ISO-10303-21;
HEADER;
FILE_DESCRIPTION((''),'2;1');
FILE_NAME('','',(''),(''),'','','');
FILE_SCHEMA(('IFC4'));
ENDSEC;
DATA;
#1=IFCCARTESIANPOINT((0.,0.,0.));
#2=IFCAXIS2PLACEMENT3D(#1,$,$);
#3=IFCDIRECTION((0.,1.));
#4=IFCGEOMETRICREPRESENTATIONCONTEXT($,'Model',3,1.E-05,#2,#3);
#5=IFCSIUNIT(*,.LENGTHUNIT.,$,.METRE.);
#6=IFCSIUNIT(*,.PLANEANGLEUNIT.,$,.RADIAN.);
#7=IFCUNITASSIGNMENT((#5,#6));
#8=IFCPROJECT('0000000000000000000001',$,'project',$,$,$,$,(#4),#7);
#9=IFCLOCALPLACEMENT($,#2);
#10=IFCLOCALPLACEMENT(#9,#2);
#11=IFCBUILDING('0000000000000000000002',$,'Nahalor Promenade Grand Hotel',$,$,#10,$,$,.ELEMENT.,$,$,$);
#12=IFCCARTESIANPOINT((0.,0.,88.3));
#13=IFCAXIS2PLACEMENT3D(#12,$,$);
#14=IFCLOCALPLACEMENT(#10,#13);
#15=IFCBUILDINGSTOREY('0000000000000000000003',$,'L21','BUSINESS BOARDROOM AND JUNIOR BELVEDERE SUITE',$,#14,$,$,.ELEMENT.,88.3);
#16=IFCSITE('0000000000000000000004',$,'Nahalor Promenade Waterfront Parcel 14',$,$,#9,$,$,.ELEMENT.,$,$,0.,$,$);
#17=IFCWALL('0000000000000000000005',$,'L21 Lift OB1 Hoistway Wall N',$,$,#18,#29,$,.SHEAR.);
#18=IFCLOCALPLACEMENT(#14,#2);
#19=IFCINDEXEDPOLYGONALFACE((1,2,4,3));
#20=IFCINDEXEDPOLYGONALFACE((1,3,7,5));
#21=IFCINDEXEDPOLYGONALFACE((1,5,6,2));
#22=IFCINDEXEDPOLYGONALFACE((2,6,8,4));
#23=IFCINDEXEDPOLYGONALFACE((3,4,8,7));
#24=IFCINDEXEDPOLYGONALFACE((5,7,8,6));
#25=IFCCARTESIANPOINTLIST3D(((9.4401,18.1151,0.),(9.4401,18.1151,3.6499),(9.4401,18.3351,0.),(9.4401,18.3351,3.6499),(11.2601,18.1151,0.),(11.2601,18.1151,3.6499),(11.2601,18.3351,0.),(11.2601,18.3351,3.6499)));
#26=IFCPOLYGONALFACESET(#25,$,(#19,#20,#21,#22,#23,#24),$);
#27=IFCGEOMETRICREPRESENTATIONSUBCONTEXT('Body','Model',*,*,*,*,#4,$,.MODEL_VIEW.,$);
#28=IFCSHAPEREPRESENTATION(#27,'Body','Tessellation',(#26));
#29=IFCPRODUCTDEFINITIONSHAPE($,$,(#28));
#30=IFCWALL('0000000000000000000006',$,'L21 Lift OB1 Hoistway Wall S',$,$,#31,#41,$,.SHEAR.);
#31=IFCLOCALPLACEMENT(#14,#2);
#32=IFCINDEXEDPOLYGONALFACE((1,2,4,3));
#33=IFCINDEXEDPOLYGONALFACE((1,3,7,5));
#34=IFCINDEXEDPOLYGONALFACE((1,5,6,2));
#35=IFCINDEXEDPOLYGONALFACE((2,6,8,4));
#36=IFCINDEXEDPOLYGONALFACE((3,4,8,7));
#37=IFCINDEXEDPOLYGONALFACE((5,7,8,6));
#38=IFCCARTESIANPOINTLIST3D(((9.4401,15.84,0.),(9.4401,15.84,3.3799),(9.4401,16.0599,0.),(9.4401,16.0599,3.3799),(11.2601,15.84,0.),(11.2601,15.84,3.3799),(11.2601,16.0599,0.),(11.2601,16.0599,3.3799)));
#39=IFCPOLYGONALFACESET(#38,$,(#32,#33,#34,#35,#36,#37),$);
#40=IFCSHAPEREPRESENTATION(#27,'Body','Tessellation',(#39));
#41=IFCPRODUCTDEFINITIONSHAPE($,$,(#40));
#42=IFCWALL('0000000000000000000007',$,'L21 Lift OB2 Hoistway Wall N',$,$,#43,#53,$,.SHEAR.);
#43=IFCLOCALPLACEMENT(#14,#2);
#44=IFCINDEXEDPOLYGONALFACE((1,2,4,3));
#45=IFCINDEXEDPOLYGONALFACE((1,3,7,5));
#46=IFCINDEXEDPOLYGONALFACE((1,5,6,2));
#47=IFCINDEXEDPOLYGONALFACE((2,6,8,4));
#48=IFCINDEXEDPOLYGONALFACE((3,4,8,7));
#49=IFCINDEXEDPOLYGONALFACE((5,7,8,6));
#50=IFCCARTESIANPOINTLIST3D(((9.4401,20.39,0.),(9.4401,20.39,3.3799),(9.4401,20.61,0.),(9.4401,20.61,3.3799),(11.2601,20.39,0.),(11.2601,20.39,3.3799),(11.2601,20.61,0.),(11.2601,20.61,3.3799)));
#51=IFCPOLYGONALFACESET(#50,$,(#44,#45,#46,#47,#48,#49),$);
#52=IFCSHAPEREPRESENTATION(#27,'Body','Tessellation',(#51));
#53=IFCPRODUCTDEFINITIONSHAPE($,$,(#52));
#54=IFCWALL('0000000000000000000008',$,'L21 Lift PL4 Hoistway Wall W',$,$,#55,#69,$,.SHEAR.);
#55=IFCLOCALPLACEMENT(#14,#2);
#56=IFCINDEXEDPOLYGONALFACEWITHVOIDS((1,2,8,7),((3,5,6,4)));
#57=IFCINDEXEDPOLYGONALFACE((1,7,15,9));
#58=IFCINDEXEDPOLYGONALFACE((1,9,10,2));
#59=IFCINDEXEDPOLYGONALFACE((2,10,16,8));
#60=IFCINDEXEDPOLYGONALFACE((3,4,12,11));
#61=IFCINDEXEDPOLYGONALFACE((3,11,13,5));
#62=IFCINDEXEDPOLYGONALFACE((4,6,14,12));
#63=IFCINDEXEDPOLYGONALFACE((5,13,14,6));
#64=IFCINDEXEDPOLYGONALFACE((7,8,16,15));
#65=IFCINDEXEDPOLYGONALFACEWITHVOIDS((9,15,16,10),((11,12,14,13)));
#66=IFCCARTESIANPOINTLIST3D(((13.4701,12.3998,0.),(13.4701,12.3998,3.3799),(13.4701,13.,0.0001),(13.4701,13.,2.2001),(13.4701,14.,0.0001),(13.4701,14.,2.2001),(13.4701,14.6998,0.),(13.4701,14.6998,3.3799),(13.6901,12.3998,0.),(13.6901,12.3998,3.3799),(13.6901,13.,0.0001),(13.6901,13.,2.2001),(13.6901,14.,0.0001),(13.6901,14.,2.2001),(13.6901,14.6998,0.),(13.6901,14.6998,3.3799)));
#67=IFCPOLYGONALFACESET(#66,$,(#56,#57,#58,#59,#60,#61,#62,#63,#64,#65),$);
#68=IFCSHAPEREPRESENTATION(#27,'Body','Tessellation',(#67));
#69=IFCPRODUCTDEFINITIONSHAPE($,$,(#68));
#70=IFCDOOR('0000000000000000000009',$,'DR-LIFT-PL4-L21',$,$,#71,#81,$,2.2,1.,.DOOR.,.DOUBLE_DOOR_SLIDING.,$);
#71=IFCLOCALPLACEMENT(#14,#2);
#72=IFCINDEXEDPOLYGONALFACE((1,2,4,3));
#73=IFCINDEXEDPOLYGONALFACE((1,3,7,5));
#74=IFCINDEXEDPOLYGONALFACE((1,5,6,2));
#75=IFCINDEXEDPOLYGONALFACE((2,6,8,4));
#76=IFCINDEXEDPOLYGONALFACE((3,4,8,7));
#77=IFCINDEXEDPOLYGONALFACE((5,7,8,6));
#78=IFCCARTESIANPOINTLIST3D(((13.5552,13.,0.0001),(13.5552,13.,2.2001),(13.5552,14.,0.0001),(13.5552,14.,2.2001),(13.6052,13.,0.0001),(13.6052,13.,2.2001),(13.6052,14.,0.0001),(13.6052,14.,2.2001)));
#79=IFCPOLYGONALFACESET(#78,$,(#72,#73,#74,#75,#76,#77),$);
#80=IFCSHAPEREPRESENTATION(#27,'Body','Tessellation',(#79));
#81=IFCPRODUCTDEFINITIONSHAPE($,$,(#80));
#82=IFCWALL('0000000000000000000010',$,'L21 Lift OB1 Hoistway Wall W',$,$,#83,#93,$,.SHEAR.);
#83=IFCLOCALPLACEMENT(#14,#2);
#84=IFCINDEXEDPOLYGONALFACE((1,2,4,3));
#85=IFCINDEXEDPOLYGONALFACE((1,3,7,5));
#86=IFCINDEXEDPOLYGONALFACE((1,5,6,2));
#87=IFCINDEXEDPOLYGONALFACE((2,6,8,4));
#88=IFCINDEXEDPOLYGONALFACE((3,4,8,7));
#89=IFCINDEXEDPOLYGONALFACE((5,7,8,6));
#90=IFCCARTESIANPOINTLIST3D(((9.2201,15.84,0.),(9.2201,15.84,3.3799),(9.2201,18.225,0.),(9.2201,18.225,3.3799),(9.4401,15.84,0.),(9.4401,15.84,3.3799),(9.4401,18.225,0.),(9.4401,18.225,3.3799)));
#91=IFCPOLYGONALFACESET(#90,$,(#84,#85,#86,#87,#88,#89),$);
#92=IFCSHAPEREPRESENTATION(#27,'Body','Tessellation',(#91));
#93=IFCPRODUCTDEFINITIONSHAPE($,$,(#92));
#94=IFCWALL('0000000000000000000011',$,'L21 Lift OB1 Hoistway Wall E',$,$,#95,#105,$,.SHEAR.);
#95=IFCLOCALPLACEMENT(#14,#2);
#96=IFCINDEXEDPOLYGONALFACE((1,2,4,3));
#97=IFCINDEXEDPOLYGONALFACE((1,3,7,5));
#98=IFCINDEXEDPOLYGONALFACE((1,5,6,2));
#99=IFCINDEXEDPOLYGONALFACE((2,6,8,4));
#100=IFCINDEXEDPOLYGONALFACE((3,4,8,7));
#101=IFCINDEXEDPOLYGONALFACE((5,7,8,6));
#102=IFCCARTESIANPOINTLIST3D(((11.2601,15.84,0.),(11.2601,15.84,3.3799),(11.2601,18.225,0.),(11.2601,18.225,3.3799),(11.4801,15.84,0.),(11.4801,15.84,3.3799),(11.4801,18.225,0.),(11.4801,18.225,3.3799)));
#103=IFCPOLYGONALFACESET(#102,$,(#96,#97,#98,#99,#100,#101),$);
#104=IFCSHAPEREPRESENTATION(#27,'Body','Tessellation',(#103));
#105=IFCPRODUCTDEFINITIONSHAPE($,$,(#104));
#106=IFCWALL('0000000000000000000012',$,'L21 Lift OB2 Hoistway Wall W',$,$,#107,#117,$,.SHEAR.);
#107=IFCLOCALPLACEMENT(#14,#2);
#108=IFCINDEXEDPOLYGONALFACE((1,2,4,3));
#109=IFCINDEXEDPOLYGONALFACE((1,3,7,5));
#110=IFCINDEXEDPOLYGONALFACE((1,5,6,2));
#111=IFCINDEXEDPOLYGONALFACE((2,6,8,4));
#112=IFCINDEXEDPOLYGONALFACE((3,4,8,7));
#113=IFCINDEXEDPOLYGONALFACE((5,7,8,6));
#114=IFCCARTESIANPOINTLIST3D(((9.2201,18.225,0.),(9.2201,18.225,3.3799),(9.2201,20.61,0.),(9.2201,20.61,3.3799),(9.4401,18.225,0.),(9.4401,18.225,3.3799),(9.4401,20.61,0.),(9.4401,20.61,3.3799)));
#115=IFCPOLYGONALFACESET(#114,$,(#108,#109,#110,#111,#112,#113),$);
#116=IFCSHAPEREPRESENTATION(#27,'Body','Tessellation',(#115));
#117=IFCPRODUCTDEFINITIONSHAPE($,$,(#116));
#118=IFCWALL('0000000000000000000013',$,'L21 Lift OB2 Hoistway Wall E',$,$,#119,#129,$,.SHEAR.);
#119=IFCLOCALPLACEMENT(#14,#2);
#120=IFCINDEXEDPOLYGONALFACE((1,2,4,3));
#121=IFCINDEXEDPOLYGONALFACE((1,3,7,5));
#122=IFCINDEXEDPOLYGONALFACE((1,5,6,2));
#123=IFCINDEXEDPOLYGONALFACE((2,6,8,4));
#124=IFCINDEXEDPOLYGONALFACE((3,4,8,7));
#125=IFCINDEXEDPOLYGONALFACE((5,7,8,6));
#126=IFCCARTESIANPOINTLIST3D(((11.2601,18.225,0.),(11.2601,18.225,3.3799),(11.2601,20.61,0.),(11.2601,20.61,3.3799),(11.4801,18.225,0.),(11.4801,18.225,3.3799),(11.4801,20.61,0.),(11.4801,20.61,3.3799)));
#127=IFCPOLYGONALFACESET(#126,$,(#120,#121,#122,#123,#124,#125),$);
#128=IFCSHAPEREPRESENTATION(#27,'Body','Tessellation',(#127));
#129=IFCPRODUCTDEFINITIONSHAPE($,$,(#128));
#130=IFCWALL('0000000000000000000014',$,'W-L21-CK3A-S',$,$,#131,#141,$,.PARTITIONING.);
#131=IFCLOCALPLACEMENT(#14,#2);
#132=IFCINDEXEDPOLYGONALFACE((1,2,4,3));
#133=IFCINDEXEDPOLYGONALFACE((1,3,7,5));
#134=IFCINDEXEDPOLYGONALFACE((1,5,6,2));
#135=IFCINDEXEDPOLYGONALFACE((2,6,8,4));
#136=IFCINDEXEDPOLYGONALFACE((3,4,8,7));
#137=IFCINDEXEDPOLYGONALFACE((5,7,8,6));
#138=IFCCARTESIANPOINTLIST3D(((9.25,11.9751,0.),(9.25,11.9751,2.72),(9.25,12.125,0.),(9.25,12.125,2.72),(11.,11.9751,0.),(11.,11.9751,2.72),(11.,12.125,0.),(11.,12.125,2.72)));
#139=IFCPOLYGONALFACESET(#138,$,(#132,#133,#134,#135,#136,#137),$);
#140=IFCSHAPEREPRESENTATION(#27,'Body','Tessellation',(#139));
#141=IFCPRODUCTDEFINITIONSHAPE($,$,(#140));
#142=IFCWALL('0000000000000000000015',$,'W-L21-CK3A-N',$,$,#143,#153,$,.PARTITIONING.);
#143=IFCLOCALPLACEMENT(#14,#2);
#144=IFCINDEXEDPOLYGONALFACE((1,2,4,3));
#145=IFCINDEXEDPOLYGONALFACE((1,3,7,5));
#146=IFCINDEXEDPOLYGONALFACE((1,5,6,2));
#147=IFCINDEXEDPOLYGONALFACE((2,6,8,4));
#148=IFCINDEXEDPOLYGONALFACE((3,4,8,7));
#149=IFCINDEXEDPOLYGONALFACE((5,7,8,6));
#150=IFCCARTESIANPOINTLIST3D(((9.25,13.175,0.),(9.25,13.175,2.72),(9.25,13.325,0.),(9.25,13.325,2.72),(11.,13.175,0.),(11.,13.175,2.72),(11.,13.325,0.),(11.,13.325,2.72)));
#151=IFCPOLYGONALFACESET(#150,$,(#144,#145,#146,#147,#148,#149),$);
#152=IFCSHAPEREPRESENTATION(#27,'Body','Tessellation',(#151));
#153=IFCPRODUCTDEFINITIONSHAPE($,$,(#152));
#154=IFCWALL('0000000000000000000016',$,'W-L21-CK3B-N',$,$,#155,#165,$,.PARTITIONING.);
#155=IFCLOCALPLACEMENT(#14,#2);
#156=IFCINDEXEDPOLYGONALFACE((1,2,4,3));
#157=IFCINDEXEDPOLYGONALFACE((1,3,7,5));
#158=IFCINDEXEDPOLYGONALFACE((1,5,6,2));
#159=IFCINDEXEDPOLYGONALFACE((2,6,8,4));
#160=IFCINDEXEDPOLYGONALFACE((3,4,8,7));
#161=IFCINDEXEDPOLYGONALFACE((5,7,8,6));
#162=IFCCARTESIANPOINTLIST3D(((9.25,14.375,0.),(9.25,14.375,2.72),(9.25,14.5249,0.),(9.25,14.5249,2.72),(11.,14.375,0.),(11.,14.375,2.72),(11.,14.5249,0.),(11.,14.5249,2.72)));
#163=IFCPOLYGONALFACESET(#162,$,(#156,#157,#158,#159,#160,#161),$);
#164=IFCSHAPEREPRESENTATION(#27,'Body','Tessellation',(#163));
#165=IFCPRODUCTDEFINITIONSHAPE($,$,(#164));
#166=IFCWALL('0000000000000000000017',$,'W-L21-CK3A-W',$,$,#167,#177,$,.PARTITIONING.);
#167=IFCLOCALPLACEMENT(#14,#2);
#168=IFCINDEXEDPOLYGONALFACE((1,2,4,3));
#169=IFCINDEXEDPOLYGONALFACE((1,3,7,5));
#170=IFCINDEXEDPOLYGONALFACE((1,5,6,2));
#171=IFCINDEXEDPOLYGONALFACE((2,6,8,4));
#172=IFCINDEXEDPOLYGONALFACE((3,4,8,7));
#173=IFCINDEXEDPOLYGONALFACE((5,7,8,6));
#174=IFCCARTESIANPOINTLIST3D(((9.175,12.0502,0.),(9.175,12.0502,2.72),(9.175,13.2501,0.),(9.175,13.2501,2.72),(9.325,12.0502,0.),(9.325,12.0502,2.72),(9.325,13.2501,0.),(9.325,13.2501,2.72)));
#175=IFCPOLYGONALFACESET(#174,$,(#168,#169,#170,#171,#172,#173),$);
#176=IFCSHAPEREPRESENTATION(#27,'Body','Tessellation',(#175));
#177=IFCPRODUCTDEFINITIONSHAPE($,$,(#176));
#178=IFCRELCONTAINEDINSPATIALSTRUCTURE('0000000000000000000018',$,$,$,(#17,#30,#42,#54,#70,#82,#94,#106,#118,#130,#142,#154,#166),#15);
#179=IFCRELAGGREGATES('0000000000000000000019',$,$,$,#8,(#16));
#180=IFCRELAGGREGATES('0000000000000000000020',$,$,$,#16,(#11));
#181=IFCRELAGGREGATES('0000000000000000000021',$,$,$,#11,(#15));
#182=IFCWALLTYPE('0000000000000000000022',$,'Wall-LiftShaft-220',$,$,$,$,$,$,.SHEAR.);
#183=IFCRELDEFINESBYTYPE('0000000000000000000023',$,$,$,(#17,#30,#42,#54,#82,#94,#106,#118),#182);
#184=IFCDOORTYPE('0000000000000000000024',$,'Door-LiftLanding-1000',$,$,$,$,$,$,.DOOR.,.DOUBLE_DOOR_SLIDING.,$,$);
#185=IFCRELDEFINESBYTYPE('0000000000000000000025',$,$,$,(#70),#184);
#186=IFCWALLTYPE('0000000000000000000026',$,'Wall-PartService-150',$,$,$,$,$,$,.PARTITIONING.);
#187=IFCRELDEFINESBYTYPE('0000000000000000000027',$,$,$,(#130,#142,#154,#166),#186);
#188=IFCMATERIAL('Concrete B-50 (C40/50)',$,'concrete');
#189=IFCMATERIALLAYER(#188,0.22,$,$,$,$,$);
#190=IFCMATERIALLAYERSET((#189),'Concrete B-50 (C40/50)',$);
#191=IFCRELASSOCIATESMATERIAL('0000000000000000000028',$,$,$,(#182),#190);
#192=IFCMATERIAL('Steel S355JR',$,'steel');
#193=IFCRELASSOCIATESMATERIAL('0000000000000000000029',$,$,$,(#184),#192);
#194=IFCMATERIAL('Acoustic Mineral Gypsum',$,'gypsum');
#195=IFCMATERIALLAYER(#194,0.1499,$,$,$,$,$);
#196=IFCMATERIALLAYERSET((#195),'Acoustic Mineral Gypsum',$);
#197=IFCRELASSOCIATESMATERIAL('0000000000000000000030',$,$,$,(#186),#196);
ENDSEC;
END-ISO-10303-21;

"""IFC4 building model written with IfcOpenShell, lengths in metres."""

from ifc_helpers import new_model, si_unit, direction, frame, frame_2d, origin, place, context, subcontext, project, spatial, rectangle, extrude, source, transform, mapped, material, layer, layer_set, type_object, element, fill, save


model = new_model("IFC4")

# Units and contexts
model_context = context("Model", 3, precision=1e-05, world=origin(), true_north=direction((0.0, 1.0)))
body_context = subcontext(model_context, "Body", "Model", "MODEL_VIEW")
ifc_project = project(units=[si_unit("LENGTHUNIT", "METRE"), si_unit("PLANEANGLEUNIT", "RADIAN")], contexts=[model_context])

# Site, building, storey
site_placement = place(None, origin())
site = spatial("IfcSite", under=ifc_project, at=site_placement, Name="Nahalor Promenade Waterfront Parcel 14", CompositionType="ELEMENT", RefElevation=0.0)
building_placement = place(site_placement, origin())
building = spatial("IfcBuilding", under=site, at=building_placement, Name="Nahalor Promenade Grand Hotel", CompositionType="ELEMENT")
storey_placement = place(building_placement, frame((0.0, 0.0, 88.3)))
storey = spatial("IfcBuildingStorey", under=building, at=storey_placement, Name="L21", Description="BUSINESS BOARDROOM AND JUNIOR BELVEDERE SUITE", CompositionType="ELEMENT", Elevation=88.3)

# Shared definitions
ifc_material_1 = material(Name="Steel S355JR", Category="steel")

# Walls
ifc_material_2 = material(Name="Concrete B-50 (C40/50)", Category="concrete")
ifc_layer_1 = layer(ifc_material_2, 0.22)
ifc_layer_set_1 = layer_set([ifc_layer_1], Name="Concrete B-50 (C40/50)")
wall_type_1 = type_object("IfcWallType", Name="Wall-LiftShaft-220", PredefinedType="SHEAR", material=ifc_layer_set_1)
shared_shape_1 = source(origin(), body_context, "Body", "SweptSolid", [
    extrude(rectangle(XDim=1.8201, YDim=0.22, at=frame_2d((0.9102, 0.0))), origin(), (0.0, 0.0, 1.0), 3.6499),
])
wall_1_placement = place(storey_placement, frame((9.4399, 18.2251, 0.0), z_axis=(0.0, 0.0, 1.0), x_axis=(1.0, 0.0, 0.0)))
element("IfcWall", 1, at=wall_1_placement, inside=storey, type_object=wall_type_1, Name="L21 Lift OB1 Hoistway Wall N", PredefinedType="SHEAR", context=body_context, shape_type="MappedRepresentation", body=[
    mapped(shared_shape_1, transform((0.0, 0.0, 0.0), scale=1.0)),
])
shared_shape_2 = source(origin(), body_context, "Body", "SweptSolid", [
    extrude(rectangle(XDim=1.8201, YDim=0.22, at=frame_2d((0.9102, 0.0))), origin(), (0.0, 0.0, 1.0), 3.3799),
])
for number, where, z_axis, x_axis, name in (
    (2, (9.4399, 15.95, 0.0), (0.0, 0.0, 1.0), (1.0, 0.0, 0.0), "L21 Lift OB1 Hoistway Wall S"),
    (3, (9.4399, 20.5, 0.0), (0.0, 0.0, 1.0), (1.0, 0.0, 0.0), "L21 Lift OB2 Hoistway Wall N"),
):
    element("IfcWall", number, at=place(storey_placement, frame(where, z_axis=z_axis, x_axis=x_axis)), inside=storey, type_object=wall_type_1, Name=name, PredefinedType="SHEAR", context=body_context, shape_type="MappedRepresentation", body=[
        mapped(shared_shape_2, transform((0.0, 0.0, 0.0), scale=1.0)),
    ])

# Wall, opening, door
shared_shape_3 = source(origin(), body_context, "Body", "SweptSolid", [
    extrude(rectangle(XDim=2.3, YDim=0.22, at=frame_2d((1.1499, 0.0))), origin(), (0.0, 0.0, 1.0), 3.3799),
])
wall_2_placement = place(storey_placement, frame((13.5801, 12.3999, 0.0), z_axis=(0.0, 0.0, 1.0), x_axis=(0.0, 1.0, 0.0)))
wall_2 = element("IfcWall", 4, at=wall_2_placement, inside=storey, type_object=wall_type_1, Name="L21 Lift PL4 Hoistway Wall W", PredefinedType="SHEAR", context=body_context, shape_type="MappedRepresentation", body=[
    mapped(shared_shape_3, transform((0.0, 0.0, 0.0), scale=1.0)),
])
opening_1_placement = place(wall_2_placement, frame((0.6001, 0.0, 0.0)))
opening_1 = element("IfcOpeningElement", 5, at=opening_1_placement, cuts=wall_2, PredefinedType="OPENING", context=body_context, shape_type="SweptSolid", body=[
    extrude(rectangle(XDim=1.0, YDim=2.2, at=frame_2d((0.5, 1.1001))), frame((0.0, 0.1199, 0.0), z_axis=(0.0, -1.0, 0.0), x_axis=(1.0, 0.0, 0.0)), (0.0, 0.0, 1.0), 0.24),
])
door_type_1 = type_object("IfcDoorType", Name="Door-LiftLanding-1000", OperationType="DOUBLE_DOOR_SLIDING", PredefinedType="DOOR", material=ifc_material_1)
shared_shape_4 = source(origin(), body_context, "Body", "SweptSolid", [
    extrude(rectangle(XDim=1.0, YDim=2.2, at=frame_2d((0.5, 1.1001))), frame((0.0, 0.0249, 0.0), z_axis=(0.0, -1.0, 0.0), x_axis=(1.0, 0.0, 0.0)), (0.0, 0.0, 1.0), 0.05),
])
door_1_placement = place(opening_1_placement, origin())
door_1 = element("IfcDoor", 6, at=door_1_placement, inside=storey, type_object=door_type_1, Name="DR-LIFT-PL4-L21", OperationType="DOUBLE_DOOR_SLIDING", OverallHeight=2.2, OverallWidth=1.0, PredefinedType="DOOR", context=body_context, shape_type="MappedRepresentation", body=[
    mapped(shared_shape_4, transform((0.0, 0.0, 0.0), scale=1.0)),
])
fill(opening_1, door_1)

# Walls
shared_shape_5 = source(origin(), body_context, "Body", "SweptSolid", [
    extrude(rectangle(XDim=2.385, YDim=0.22, at=frame_2d((1.1924, 0.0))), origin(), (0.0, 0.0, 1.0), 3.3799),
])
for number, where, z_axis, x_axis, name in (
    (7, (9.3301, 15.8401, 0.0), (0.0, 0.0, 1.0), (0.0, 1.0, 0.0), "L21 Lift OB1 Hoistway Wall W"),
    (8, (11.3701, 15.8401, 0.0), (0.0, 0.0, 1.0), (0.0, 1.0, 0.0), "L21 Lift OB1 Hoistway Wall E"),
    (9, (9.3301, 18.2251, 0.0), (0.0, 0.0, 1.0), (0.0, 1.0, 0.0), "L21 Lift OB2 Hoistway Wall W"),
    (10, (11.3701, 18.2251, 0.0), (0.0, 0.0, 1.0), (0.0, 1.0, 0.0), "L21 Lift OB2 Hoistway Wall E"),
):
    element("IfcWall", number, at=place(storey_placement, frame(where, z_axis=z_axis, x_axis=x_axis)), inside=storey, type_object=wall_type_1, Name=name, PredefinedType="SHEAR", context=body_context, shape_type="MappedRepresentation", body=[
        mapped(shared_shape_5, transform((0.0, 0.0, 0.0), scale=1.0)),
    ])
ifc_material_3 = material(Name="Acoustic Mineral Gypsum", Category="gypsum")
ifc_layer_2 = layer(ifc_material_3, 0.1499)
ifc_layer_set_2 = layer_set([ifc_layer_2], Name="Acoustic Mineral Gypsum")
wall_type_2 = type_object("IfcWallType", Name="Wall-PartService-150", PredefinedType="PARTITIONING", material=ifc_layer_set_2)
shared_shape_6 = source(origin(), body_context, "Body", "SweptSolid", [
    extrude(rectangle(XDim=1.75, YDim=0.1499, at=frame_2d((0.875, 0.0))), origin(), (0.0, 0.0, 1.0), 2.72),
])
for number, where, z_axis, x_axis, name in (
    (11, (9.25, 12.05, 0.0), (0.0, 0.0, 1.0), (1.0, 0.0, 0.0), "W-L21-CK3A-S"),
    (12, (9.25, 13.25, 0.0), (0.0, 0.0, 1.0), (1.0, 0.0, 0.0), "W-L21-CK3A-N"),
    (13, (9.25, 14.45, 0.0), (0.0, 0.0, 1.0), (1.0, 0.0, 0.0), "W-L21-CK3B-N"),
):
    element("IfcWall", number, at=place(storey_placement, frame(where, z_axis=z_axis, x_axis=x_axis)), inside=storey, type_object=wall_type_2, Name=name, PredefinedType="PARTITIONING", context=body_context, shape_type="MappedRepresentation", body=[
        mapped(shared_shape_6, transform((0.0, 0.0, 0.0), scale=1.0)),
    ])
shared_shape_7 = source(origin(), body_context, "Body", "SweptSolid", [
    extrude(rectangle(XDim=1.2, YDim=0.1499, at=frame_2d((0.6001, 0.0))), origin(), (0.0, 0.0, 1.0), 2.72),
])
wall_3_placement = place(storey_placement, frame((9.25, 12.05, 0.0), z_axis=(0.0, 0.0, 1.0), x_axis=(0.0, 1.0, 0.0)))
element("IfcWall", 14, at=wall_3_placement, inside=storey, type_object=wall_type_2, Name="W-L21-CK3A-W", PredefinedType="PARTITIONING", context=body_context, shape_type="MappedRepresentation", body=[
    mapped(shared_shape_7, transform((0.0, 0.0, 0.0), scale=1.0)),
])

save(model, "model.ifc")
